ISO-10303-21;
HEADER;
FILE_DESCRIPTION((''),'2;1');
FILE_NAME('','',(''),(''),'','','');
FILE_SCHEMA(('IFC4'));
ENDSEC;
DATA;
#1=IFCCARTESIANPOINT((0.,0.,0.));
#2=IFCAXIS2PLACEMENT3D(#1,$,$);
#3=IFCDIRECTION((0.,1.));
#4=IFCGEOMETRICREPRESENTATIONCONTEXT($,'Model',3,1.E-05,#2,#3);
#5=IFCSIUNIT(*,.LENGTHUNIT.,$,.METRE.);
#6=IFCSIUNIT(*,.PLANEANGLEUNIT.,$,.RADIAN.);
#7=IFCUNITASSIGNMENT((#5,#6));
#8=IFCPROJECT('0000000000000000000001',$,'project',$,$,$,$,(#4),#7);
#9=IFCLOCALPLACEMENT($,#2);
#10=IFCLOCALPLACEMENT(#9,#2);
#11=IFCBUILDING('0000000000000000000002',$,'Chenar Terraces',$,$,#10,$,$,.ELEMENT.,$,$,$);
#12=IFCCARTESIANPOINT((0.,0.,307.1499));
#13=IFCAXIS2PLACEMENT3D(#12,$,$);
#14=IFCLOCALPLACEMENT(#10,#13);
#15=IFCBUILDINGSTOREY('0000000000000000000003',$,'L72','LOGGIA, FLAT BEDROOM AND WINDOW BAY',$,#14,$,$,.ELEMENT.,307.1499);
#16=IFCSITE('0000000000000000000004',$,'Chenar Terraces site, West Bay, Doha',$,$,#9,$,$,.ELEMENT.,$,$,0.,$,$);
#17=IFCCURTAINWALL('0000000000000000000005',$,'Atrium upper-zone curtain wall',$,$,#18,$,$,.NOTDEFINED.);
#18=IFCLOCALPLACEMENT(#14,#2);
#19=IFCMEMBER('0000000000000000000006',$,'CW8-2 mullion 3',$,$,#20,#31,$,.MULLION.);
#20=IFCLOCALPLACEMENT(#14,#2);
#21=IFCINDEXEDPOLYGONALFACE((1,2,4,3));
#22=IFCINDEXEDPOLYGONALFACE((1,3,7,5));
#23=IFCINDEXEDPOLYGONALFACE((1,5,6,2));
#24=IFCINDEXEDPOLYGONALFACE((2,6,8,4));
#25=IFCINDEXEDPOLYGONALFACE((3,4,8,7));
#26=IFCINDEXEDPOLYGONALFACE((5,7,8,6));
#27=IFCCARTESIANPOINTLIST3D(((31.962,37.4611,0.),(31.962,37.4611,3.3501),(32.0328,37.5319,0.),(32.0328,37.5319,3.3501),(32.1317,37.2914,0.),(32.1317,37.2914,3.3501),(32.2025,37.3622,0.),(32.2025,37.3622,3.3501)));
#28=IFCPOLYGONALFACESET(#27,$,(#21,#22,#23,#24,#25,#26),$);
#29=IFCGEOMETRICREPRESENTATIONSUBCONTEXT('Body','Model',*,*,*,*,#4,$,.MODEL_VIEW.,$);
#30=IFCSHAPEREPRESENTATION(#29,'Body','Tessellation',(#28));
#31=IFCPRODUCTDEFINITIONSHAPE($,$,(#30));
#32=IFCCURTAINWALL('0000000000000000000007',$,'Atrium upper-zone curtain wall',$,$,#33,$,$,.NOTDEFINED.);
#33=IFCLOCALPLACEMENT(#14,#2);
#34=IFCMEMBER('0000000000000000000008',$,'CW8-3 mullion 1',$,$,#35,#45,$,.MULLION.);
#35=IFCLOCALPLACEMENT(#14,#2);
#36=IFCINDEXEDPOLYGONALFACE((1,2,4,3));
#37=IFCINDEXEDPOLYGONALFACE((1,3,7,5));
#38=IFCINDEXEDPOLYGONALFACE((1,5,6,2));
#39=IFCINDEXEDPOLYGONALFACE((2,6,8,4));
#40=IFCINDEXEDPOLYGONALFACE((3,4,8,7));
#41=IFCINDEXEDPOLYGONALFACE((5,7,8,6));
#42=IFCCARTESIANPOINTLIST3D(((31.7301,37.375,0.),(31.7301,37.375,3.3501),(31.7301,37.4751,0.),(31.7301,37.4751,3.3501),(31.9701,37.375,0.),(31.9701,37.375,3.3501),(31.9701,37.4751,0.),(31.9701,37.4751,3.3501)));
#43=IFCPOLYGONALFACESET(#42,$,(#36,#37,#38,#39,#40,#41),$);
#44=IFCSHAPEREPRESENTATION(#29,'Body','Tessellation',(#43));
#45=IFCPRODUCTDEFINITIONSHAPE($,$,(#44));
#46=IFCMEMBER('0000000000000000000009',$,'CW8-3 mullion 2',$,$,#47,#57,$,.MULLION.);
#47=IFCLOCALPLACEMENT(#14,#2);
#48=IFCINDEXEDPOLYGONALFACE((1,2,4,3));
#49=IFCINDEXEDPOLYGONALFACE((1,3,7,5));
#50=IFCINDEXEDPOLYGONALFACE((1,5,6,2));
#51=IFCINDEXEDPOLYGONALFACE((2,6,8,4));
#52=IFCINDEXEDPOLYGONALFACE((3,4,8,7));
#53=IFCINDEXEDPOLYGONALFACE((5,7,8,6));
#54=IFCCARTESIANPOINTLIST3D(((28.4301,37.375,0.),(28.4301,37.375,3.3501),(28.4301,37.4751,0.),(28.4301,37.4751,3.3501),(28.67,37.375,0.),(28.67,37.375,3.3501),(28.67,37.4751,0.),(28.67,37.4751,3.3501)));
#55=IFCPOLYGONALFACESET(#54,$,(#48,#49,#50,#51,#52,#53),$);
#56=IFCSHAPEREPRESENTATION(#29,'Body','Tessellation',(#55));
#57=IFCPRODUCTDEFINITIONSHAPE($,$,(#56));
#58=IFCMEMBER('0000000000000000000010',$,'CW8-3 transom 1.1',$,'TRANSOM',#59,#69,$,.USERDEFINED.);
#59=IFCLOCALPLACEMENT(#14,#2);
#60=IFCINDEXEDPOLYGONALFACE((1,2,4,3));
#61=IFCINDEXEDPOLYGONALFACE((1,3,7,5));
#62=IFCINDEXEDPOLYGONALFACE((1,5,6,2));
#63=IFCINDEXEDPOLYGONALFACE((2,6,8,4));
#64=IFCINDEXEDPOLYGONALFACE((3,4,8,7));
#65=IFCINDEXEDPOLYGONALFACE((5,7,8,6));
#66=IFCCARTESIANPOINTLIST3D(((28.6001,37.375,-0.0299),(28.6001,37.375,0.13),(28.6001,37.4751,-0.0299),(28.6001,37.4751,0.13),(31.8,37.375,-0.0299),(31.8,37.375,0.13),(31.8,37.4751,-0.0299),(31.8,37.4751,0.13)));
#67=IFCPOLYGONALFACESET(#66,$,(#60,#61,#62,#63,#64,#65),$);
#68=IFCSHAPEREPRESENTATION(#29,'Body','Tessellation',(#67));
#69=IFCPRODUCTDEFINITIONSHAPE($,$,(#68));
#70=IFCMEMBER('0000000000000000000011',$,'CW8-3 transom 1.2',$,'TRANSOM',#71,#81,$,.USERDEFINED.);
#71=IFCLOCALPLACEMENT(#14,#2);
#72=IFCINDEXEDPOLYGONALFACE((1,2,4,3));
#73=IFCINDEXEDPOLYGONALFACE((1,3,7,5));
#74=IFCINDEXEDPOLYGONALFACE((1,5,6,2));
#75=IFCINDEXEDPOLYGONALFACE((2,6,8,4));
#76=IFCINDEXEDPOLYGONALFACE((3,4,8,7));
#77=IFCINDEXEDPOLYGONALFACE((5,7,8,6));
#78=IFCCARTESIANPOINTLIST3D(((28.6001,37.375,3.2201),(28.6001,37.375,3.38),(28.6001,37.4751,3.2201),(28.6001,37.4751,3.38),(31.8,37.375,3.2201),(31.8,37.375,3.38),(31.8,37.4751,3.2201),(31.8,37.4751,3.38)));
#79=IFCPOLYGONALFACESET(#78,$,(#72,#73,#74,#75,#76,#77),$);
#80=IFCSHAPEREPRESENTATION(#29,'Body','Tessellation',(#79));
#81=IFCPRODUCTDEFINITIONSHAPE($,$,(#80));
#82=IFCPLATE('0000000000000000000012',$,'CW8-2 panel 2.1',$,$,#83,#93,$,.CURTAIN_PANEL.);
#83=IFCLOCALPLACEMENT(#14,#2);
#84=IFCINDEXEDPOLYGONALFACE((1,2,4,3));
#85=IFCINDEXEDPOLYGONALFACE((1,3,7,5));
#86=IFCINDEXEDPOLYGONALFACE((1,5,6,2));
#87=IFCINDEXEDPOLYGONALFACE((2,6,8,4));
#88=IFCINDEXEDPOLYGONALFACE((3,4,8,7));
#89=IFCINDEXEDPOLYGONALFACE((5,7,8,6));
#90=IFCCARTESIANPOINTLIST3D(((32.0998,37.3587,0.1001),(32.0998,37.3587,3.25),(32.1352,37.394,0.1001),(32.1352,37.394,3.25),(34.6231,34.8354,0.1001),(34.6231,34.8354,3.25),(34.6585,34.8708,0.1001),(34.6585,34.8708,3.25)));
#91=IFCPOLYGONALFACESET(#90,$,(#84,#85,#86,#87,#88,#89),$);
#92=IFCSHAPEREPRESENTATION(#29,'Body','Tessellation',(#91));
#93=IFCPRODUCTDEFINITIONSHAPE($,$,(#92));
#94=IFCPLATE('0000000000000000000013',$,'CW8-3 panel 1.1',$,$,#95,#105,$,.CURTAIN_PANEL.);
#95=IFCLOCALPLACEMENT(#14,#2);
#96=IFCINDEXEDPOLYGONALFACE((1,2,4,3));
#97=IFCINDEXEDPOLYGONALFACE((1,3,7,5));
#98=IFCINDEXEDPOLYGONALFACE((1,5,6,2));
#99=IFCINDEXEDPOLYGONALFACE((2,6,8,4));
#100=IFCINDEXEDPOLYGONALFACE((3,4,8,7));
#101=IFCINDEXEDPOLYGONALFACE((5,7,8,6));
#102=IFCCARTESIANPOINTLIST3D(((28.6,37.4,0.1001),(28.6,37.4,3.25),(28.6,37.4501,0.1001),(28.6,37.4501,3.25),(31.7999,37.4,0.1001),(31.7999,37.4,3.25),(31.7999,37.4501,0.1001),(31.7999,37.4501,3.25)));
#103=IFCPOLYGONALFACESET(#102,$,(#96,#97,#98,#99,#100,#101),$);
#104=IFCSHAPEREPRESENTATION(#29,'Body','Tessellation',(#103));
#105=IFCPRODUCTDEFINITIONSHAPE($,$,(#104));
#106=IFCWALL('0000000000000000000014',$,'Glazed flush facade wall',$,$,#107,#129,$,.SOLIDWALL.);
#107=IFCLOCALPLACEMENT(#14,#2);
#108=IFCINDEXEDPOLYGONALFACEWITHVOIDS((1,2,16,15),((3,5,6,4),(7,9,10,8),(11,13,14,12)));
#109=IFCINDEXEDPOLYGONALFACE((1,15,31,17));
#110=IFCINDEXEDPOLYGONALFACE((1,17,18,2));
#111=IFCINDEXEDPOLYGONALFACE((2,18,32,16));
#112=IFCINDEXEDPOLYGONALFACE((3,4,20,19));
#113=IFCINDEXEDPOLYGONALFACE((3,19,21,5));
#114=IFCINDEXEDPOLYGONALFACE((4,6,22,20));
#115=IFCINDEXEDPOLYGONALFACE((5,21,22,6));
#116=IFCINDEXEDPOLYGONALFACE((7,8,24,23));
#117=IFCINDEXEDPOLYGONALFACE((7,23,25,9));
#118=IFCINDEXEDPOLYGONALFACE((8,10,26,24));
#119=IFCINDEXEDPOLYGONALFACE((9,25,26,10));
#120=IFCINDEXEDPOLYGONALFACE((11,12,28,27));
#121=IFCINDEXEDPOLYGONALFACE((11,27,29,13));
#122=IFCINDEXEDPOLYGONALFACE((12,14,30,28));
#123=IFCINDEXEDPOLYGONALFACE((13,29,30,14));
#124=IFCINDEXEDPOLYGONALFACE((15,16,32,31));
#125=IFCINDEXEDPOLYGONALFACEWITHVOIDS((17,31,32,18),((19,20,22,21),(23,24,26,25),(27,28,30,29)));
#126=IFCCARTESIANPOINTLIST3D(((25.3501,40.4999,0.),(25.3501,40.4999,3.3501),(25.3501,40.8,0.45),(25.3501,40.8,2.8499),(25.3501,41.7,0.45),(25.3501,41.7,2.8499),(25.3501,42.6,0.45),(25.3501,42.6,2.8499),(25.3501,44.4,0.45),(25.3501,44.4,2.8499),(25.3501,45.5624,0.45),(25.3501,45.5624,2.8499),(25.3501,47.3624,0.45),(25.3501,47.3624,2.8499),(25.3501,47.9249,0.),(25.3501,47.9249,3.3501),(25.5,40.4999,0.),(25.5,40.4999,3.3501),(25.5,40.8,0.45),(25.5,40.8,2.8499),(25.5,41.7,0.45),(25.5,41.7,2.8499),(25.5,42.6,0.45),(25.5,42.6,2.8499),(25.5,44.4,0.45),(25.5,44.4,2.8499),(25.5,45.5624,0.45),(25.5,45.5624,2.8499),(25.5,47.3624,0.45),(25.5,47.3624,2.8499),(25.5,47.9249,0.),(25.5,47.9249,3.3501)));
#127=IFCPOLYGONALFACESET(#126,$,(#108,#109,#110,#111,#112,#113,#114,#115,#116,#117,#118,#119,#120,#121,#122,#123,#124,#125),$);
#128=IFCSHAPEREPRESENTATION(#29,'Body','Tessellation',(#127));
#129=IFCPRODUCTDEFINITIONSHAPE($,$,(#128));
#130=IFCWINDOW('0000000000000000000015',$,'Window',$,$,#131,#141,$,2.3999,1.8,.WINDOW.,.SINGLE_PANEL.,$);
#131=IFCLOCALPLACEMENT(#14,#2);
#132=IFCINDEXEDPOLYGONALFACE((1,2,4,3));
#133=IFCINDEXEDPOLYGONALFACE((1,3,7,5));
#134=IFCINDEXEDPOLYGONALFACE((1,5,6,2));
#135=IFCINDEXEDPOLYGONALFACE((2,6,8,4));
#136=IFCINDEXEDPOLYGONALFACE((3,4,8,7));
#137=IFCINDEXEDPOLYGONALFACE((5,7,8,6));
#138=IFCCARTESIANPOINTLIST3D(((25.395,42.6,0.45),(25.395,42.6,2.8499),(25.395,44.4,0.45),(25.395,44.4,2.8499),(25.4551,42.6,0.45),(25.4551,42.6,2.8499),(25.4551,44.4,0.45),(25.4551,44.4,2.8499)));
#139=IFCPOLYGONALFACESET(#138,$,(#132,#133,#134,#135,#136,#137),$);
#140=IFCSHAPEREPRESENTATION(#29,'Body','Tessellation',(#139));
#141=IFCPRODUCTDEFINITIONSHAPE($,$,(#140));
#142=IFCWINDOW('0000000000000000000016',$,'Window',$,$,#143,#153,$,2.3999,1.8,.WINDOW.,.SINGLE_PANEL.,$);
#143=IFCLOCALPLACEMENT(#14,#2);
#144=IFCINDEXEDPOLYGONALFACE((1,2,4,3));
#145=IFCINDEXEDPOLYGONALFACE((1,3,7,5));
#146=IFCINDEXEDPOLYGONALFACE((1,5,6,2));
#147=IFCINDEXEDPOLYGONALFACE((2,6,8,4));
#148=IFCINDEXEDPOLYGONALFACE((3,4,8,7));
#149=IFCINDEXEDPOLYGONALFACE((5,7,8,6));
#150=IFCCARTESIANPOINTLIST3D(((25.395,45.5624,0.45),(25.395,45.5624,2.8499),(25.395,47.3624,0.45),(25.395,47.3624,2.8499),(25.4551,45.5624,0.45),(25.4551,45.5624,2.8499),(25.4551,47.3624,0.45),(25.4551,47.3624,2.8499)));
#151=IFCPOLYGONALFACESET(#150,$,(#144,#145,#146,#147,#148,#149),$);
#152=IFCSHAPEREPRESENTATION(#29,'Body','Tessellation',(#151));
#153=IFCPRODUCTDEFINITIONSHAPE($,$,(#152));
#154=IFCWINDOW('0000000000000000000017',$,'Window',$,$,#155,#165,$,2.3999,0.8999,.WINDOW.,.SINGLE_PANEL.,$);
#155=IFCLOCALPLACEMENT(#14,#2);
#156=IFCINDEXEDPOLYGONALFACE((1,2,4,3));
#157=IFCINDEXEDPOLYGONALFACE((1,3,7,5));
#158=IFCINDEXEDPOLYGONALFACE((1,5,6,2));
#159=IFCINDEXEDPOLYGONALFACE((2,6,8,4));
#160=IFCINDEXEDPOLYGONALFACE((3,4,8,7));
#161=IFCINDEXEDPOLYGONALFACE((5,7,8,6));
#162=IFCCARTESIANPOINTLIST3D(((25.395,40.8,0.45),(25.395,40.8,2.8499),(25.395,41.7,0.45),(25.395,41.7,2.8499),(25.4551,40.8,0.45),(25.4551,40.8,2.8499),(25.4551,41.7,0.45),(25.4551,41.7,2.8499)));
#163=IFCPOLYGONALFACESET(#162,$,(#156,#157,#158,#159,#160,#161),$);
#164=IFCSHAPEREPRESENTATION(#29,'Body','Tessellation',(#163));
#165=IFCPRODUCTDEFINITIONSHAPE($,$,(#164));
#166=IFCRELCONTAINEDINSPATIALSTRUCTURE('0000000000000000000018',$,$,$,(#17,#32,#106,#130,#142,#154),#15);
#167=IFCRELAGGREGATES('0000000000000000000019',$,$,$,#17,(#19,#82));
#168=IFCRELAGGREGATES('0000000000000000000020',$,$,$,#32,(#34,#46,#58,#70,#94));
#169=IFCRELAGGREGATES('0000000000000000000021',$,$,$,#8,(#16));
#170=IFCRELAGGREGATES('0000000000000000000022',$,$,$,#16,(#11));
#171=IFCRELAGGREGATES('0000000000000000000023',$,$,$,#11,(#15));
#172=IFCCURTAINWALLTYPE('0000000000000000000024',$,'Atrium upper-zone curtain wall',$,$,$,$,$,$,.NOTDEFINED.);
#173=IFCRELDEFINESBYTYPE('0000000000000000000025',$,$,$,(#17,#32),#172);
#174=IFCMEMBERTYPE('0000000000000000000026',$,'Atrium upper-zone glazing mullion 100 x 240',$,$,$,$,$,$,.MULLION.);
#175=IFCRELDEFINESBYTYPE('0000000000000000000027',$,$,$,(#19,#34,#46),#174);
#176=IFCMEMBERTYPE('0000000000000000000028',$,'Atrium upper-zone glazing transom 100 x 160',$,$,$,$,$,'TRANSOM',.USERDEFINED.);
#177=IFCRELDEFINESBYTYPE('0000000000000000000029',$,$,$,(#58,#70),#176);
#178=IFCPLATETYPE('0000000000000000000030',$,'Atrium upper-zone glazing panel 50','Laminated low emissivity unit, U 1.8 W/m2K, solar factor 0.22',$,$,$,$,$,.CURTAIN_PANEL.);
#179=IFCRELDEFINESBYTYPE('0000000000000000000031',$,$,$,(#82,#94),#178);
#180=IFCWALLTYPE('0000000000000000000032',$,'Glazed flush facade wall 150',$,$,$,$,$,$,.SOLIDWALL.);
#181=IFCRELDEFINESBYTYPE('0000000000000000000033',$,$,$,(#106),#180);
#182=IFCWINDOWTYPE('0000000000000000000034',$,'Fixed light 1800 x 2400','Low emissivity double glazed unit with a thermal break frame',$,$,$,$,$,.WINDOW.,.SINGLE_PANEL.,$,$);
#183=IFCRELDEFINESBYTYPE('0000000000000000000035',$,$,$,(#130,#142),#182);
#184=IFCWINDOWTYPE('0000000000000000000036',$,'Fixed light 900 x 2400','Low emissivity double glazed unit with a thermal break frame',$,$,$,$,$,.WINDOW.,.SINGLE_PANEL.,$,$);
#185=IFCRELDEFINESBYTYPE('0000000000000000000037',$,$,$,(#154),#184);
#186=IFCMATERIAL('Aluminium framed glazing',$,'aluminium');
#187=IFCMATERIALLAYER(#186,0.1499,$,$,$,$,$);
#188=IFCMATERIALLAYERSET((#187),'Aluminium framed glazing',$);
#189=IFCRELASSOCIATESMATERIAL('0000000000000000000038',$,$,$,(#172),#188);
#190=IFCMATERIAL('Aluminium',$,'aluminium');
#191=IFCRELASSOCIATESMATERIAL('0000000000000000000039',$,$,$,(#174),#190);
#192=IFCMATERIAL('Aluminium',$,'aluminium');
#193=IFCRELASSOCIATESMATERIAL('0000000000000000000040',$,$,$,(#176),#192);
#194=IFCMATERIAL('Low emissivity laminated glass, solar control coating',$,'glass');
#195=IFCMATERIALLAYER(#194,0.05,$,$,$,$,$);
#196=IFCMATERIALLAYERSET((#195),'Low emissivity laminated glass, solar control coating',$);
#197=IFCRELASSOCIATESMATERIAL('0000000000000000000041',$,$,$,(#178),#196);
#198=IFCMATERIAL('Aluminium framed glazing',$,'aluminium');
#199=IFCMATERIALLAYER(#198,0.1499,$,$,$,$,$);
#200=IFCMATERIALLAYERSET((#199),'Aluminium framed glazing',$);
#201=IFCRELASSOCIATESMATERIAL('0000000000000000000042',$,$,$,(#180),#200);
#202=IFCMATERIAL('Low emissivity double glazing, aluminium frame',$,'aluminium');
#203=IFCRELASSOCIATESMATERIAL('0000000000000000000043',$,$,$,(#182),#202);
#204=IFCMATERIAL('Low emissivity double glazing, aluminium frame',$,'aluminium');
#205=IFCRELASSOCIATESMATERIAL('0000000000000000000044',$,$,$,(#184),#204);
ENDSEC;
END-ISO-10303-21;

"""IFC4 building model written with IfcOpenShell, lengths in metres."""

from ifc_helpers import new_model, si_unit, direction, frame, frame_2d, origin, origin_2d, place, context, subcontext, project, spatial, rectangle, extrude, material, layer, layer_set, material_profile, profile_set, type_object, element, fill, aggregate, save


model = new_model("IFC4")

# Units and contexts
model_context = context("Model", 3, precision=1e-05, world=origin(), true_north=direction((0.0, 1.0)))
body_context = subcontext(model_context, "Body", "Model", "MODEL_VIEW")
ifc_project = project(units=[si_unit("LENGTHUNIT", "METRE"), si_unit("PLANEANGLEUNIT", "RADIAN")], contexts=[model_context])

# Site, building, storey
site_placement = place(None, origin())
site = spatial("IfcSite", under=ifc_project, at=site_placement, Name="Chenar Terraces site, West Bay, Doha", CompositionType="ELEMENT", RefElevation=0.0)
building_placement = place(site_placement, origin())
building = spatial("IfcBuilding", under=site, at=building_placement, Name="Chenar Terraces", CompositionType="ELEMENT")
storey_placement = place(building_placement, frame((0.0, 0.0, 307.1499)))
storey = spatial("IfcBuildingStorey", under=building, at=storey_placement, Name="L72", Description="LOGGIA, FLAT BEDROOM AND WINDOW BAY", CompositionType="ELEMENT", Elevation=307.1499)

# Curtain wall, member
ifc_material_1 = material(Name="Aluminium framed glazing", Category="aluminium")
ifc_layer_1 = layer(ifc_material_1, 0.1499)
ifc_layer_set_1 = layer_set([ifc_layer_1], Name="Aluminium framed glazing")
curtain_wall_type = type_object("IfcCurtainWallType", Name="Atrium upper-zone curtain wall", PredefinedType="NOTDEFINED", material=ifc_layer_set_1)
placement = place(storey_placement, origin())
curtain_wall_1 = element("IfcCurtainWall", 1, at=placement, inside=storey, type_object=curtain_wall_type, Name="Atrium upper-zone curtain wall", PredefinedType="NOTDEFINED")
ifc_material_2 = material(Name="Aluminium", Category="aluminium")
ifc_material_profile_1 = material_profile(ifc_material_2, rectangle(XDim=0.1001, YDim=0.24, at=origin_2d()), Name="Atrium upper-zone glazing mullion 100 x 240")
ifc_profile_set_1 = profile_set([ifc_material_profile_1], Name="Aluminium")
member_type_1 = type_object("IfcMemberType", Name="Atrium upper-zone glazing mullion 100 x 240", PredefinedType="MULLION", material=ifc_profile_set_1)
member_1_placement = place(storey_placement, frame((32.0823, 37.4116, 0.0), z_axis=(0.0, 0.0, 1.0), x_axis=(-0.707107, -0.707107, 0.0)))
member_1 = element("IfcMember", 2, at=member_1_placement, type_object=member_type_1, Name="CW8-2 mullion 3", PredefinedType="MULLION", context=body_context, shape_type="SweptSolid", body=[
    extrude(rectangle(XDim=0.1001, YDim=0.24, at=origin_2d()), origin(), (0.0, 0.0, 1.0), 3.3501),
])

# Curtain wall, members
curtain_wall_2 = element("IfcCurtainWall", 3, at=placement, inside=storey, type_object=curtain_wall_type, Name="Atrium upper-zone curtain wall", PredefinedType="NOTDEFINED")
member_2_placement = place(storey_placement, frame((31.8501, 37.425, 0.0), z_axis=(0.0, 0.0, 1.0), x_axis=(0.0, -1.0, 0.0)))
member_2 = element("IfcMember", 4, at=member_2_placement, type_object=member_type_1, Name="CW8-3 mullion 1", PredefinedType="MULLION", context=body_context, shape_type="SweptSolid", body=[
    extrude(rectangle(XDim=0.1001, YDim=0.24, at=origin_2d()), origin(), (0.0, 0.0, 1.0), 3.3501),
])
member_3_placement = place(storey_placement, frame((28.55, 37.425, 0.0), z_axis=(0.0, 0.0, 1.0), x_axis=(0.0, -1.0, 0.0)))
member_3 = element("IfcMember", 5, at=member_3_placement, type_object=member_type_1, Name="CW8-3 mullion 2", PredefinedType="MULLION", context=body_context, shape_type="SweptSolid", body=[
    extrude(rectangle(XDim=0.1001, YDim=0.24, at=origin_2d()), origin(), (0.0, 0.0, 1.0), 3.3501),
])
ifc_material_3 = material(Name="Aluminium", Category="aluminium")
ifc_material_profile_2 = material_profile(ifc_material_3, rectangle(XDim=0.1001, YDim=0.1599, at=origin_2d()), Name="Atrium upper-zone glazing transom 100 x 160")
ifc_profile_set_2 = profile_set([ifc_material_profile_2], Name="Aluminium")
member_type_2 = type_object("IfcMemberType", Name="Atrium upper-zone glazing transom 100 x 160", ElementType="TRANSOM", PredefinedType="USERDEFINED", material=ifc_profile_set_2)
member_4_placement = place(storey_placement, frame((31.8, 37.425, 0.05), z_axis=(-1.0, 0.0, 0.0), x_axis=(0.0, -1.0, 0.0)))
member_4 = element("IfcMember", 6, at=member_4_placement, type_object=member_type_2, Name="CW8-3 transom 1.1", ObjectType="TRANSOM", PredefinedType="USERDEFINED", context=body_context, shape_type="SweptSolid", body=[
    extrude(rectangle(XDim=0.1001, YDim=0.1599, at=origin_2d()), origin(), (0.0, 0.0, 1.0), 3.2),
])
member_5_placement = place(storey_placement, frame((31.8, 37.425, 3.3), z_axis=(-1.0, 0.0, 0.0), x_axis=(0.0, -1.0, 0.0)))
member_5 = element("IfcMember", 7, at=member_5_placement, type_object=member_type_2, Name="CW8-3 transom 1.2", ObjectType="TRANSOM", PredefinedType="USERDEFINED", context=body_context, shape_type="SweptSolid", body=[
    extrude(rectangle(XDim=0.1001, YDim=0.1599, at=origin_2d()), origin(), (0.0, 0.0, 1.0), 3.2),
])

# Plates
ifc_material_4 = material(Name="Low emissivity laminated glass, solar control coating", Category="glass")
ifc_layer_2 = layer(ifc_material_4, 0.05)
ifc_layer_set_2 = layer_set([ifc_layer_2], Name="Low emissivity laminated glass, solar control coating")
plate_type = type_object("IfcPlateType", Name="Atrium upper-zone glazing panel 50", Description="Laminated low emissivity unit, U 1.8 W/m2K, solar factor 0.22", PredefinedType="CURTAIN_PANEL", material=ifc_layer_set_2)
plate_1_placement = place(storey_placement, frame((33.3792, 36.1147, 0.1001), z_axis=(0.0, 0.0, 1.0), x_axis=(-0.707107, 0.707107, 0.0)))
plate_1 = element("IfcPlate", 8, at=plate_1_placement, type_object=plate_type, Name="CW8-2 panel 2.1", PredefinedType="CURTAIN_PANEL", context=body_context, shape_type="SweptSolid", body=[
    extrude(rectangle(XDim=3.5684, YDim=0.05, at=origin_2d()), origin(), (0.0, 0.0, 1.0), 3.1499),
])
aggregate(curtain_wall_1, [member_1, plate_1])
plate_2_placement = place(storey_placement, frame((30.2, 37.425, 0.1001), z_axis=(0.0, 0.0, 1.0), x_axis=(-1.0, 0.0, 0.0)))
plate_2 = element("IfcPlate", 9, at=plate_2_placement, type_object=plate_type, Name="CW8-3 panel 1.1", PredefinedType="CURTAIN_PANEL", context=body_context, shape_type="SweptSolid", body=[
    extrude(rectangle(XDim=3.2, YDim=0.05, at=origin_2d()), origin(), (0.0, 0.0, 1.0), 3.1499),
])
aggregate(curtain_wall_2, [member_2, member_3, member_4, member_5, plate_2])

# Wall, openings, windows
ifc_material_5 = material(Name="Aluminium framed glazing", Category="aluminium")
ifc_layer_3 = layer(ifc_material_5, 0.1499)
ifc_layer_set_3 = layer_set([ifc_layer_3], Name="Aluminium framed glazing")
wall_type_1 = type_object("IfcWallType", Name="Glazed flush facade wall 150", PredefinedType="SOLIDWALL", material=ifc_layer_set_3)
wall_1_placement = place(storey_placement, frame((25.425, 40.5, 0.0), z_axis=(0.0, 0.0, 1.0), x_axis=(0.0, 1.0, 0.0)))
wall_1 = element("IfcWall", 10, at=wall_1_placement, inside=storey, type_object=wall_type_1, Name="Glazed flush facade wall", PredefinedType="SOLIDWALL", context=body_context, shape_type="SweptSolid", body=[
    extrude(rectangle(XDim=7.425, YDim=0.1499, at=frame_2d((3.7124, 0.0))), origin(), (0.0, 0.0, 1.0), 3.3501),
])
opening_1_placement = place(wall_1_placement, frame((0.3, 0.0, 0.45)))
opening_1 = element("IfcOpeningElement", 11, at=opening_1_placement, cuts=wall_1, PredefinedType="OPENING", context=body_context, shape_type="SweptSolid", body=[
    extrude(rectangle(XDim=0.8999, YDim=2.3999, at=frame_2d((0.45, 1.2))), frame((0.0, 0.085, 0.0), z_axis=(0.0, -1.0, 0.0), x_axis=(1.0, 0.0, 0.0)), (0.0, 0.0, 1.0), 0.1699),
])
opening_2_placement = place(wall_1_placement, frame((2.1001, 0.0, 0.45)))
opening_2 = element("IfcOpeningElement", 12, at=opening_2_placement, cuts=wall_1, PredefinedType="OPENING", context=body_context, shape_type="SweptSolid", body=[
    extrude(rectangle(XDim=1.8, YDim=2.3999, at=frame_2d((0.8999, 1.2))), frame((0.0, 0.085, 0.0), z_axis=(0.0, -1.0, 0.0), x_axis=(1.0, 0.0, 0.0)), (0.0, 0.0, 1.0), 0.1699),
])
opening_3_placement = place(wall_1_placement, frame((5.0625, 0.0, 0.45)))
opening_3 = element("IfcOpeningElement", 13, at=opening_3_placement, cuts=wall_1, PredefinedType="OPENING", context=body_context, shape_type="SweptSolid", body=[
    extrude(rectangle(XDim=1.8, YDim=2.3999, at=frame_2d((0.8999, 1.2))), frame((0.0, 0.085, 0.0), z_axis=(0.0, -1.0, 0.0), x_axis=(1.0, 0.0, 0.0)), (0.0, 0.0, 1.0), 0.1699),
])
ifc_material_6 = material(Name="Low emissivity double glazing, aluminium frame", Category="aluminium")
window_type_1 = type_object("IfcWindowType", Name="Fixed light 1800 x 2400", Description="Low emissivity double glazed unit with a thermal break frame", PartitioningType="SINGLE_PANEL", PredefinedType="WINDOW", material=ifc_material_6)
window_1_placement = place(opening_2_placement, origin())
window_1 = element("IfcWindow", 14, at=window_1_placement, inside=storey, type_object=window_type_1, Name="Window", OverallHeight=2.3999, OverallWidth=1.8, PartitioningType="SINGLE_PANEL", PredefinedType="WINDOW", context=body_context, shape_type="SweptSolid", body=[
    extrude(rectangle(XDim=1.8, YDim=2.3999, at=frame_2d((0.8999, 1.2))), frame((0.0, 0.03, 0.0), z_axis=(0.0, -1.0, 0.0), x_axis=(1.0, 0.0, 0.0)), (0.0, 0.0, 1.0), 0.0601),
])
fill(opening_2, window_1)
window_2_placement = place(opening_3_placement, origin())
window_2 = element("IfcWindow", 15, at=window_2_placement, inside=storey, type_object=window_type_1, Name="Window", OverallHeight=2.3999, OverallWidth=1.8, PartitioningType="SINGLE_PANEL", PredefinedType="WINDOW", context=body_context, shape_type="SweptSolid", body=[
    extrude(rectangle(XDim=1.8, YDim=2.3999, at=frame_2d((0.8999, 1.2))), frame((0.0, 0.03, 0.0), z_axis=(0.0, -1.0, 0.0), x_axis=(1.0, 0.0, 0.0)), (0.0, 0.0, 1.0), 0.0601),
])
fill(opening_3, window_2)
ifc_material_7 = material(Name="Low emissivity double glazing, aluminium frame", Category="aluminium")
window_type_2 = type_object("IfcWindowType", Name="Fixed light 900 x 2400", Description="Low emissivity double glazed unit with a thermal break frame", PartitioningType="SINGLE_PANEL", PredefinedType="WINDOW", material=ifc_material_7)
window_3_placement = place(opening_1_placement, origin())
window_3 = element("IfcWindow", 16, at=window_3_placement, inside=storey, type_object=window_type_2, Name="Window", OverallHeight=2.3999, OverallWidth=0.8999, PartitioningType="SINGLE_PANEL", PredefinedType="WINDOW", context=body_context, shape_type="SweptSolid", body=[
    extrude(rectangle(XDim=0.8999, YDim=2.3999, at=frame_2d((0.45, 1.2))), frame((0.0, 0.03, 0.0), z_axis=(0.0, -1.0, 0.0), x_axis=(1.0, 0.0, 0.0)), (0.0, 0.0, 1.0), 0.0601),
])
fill(opening_1, window_3)

save(model, "model.ifc")
